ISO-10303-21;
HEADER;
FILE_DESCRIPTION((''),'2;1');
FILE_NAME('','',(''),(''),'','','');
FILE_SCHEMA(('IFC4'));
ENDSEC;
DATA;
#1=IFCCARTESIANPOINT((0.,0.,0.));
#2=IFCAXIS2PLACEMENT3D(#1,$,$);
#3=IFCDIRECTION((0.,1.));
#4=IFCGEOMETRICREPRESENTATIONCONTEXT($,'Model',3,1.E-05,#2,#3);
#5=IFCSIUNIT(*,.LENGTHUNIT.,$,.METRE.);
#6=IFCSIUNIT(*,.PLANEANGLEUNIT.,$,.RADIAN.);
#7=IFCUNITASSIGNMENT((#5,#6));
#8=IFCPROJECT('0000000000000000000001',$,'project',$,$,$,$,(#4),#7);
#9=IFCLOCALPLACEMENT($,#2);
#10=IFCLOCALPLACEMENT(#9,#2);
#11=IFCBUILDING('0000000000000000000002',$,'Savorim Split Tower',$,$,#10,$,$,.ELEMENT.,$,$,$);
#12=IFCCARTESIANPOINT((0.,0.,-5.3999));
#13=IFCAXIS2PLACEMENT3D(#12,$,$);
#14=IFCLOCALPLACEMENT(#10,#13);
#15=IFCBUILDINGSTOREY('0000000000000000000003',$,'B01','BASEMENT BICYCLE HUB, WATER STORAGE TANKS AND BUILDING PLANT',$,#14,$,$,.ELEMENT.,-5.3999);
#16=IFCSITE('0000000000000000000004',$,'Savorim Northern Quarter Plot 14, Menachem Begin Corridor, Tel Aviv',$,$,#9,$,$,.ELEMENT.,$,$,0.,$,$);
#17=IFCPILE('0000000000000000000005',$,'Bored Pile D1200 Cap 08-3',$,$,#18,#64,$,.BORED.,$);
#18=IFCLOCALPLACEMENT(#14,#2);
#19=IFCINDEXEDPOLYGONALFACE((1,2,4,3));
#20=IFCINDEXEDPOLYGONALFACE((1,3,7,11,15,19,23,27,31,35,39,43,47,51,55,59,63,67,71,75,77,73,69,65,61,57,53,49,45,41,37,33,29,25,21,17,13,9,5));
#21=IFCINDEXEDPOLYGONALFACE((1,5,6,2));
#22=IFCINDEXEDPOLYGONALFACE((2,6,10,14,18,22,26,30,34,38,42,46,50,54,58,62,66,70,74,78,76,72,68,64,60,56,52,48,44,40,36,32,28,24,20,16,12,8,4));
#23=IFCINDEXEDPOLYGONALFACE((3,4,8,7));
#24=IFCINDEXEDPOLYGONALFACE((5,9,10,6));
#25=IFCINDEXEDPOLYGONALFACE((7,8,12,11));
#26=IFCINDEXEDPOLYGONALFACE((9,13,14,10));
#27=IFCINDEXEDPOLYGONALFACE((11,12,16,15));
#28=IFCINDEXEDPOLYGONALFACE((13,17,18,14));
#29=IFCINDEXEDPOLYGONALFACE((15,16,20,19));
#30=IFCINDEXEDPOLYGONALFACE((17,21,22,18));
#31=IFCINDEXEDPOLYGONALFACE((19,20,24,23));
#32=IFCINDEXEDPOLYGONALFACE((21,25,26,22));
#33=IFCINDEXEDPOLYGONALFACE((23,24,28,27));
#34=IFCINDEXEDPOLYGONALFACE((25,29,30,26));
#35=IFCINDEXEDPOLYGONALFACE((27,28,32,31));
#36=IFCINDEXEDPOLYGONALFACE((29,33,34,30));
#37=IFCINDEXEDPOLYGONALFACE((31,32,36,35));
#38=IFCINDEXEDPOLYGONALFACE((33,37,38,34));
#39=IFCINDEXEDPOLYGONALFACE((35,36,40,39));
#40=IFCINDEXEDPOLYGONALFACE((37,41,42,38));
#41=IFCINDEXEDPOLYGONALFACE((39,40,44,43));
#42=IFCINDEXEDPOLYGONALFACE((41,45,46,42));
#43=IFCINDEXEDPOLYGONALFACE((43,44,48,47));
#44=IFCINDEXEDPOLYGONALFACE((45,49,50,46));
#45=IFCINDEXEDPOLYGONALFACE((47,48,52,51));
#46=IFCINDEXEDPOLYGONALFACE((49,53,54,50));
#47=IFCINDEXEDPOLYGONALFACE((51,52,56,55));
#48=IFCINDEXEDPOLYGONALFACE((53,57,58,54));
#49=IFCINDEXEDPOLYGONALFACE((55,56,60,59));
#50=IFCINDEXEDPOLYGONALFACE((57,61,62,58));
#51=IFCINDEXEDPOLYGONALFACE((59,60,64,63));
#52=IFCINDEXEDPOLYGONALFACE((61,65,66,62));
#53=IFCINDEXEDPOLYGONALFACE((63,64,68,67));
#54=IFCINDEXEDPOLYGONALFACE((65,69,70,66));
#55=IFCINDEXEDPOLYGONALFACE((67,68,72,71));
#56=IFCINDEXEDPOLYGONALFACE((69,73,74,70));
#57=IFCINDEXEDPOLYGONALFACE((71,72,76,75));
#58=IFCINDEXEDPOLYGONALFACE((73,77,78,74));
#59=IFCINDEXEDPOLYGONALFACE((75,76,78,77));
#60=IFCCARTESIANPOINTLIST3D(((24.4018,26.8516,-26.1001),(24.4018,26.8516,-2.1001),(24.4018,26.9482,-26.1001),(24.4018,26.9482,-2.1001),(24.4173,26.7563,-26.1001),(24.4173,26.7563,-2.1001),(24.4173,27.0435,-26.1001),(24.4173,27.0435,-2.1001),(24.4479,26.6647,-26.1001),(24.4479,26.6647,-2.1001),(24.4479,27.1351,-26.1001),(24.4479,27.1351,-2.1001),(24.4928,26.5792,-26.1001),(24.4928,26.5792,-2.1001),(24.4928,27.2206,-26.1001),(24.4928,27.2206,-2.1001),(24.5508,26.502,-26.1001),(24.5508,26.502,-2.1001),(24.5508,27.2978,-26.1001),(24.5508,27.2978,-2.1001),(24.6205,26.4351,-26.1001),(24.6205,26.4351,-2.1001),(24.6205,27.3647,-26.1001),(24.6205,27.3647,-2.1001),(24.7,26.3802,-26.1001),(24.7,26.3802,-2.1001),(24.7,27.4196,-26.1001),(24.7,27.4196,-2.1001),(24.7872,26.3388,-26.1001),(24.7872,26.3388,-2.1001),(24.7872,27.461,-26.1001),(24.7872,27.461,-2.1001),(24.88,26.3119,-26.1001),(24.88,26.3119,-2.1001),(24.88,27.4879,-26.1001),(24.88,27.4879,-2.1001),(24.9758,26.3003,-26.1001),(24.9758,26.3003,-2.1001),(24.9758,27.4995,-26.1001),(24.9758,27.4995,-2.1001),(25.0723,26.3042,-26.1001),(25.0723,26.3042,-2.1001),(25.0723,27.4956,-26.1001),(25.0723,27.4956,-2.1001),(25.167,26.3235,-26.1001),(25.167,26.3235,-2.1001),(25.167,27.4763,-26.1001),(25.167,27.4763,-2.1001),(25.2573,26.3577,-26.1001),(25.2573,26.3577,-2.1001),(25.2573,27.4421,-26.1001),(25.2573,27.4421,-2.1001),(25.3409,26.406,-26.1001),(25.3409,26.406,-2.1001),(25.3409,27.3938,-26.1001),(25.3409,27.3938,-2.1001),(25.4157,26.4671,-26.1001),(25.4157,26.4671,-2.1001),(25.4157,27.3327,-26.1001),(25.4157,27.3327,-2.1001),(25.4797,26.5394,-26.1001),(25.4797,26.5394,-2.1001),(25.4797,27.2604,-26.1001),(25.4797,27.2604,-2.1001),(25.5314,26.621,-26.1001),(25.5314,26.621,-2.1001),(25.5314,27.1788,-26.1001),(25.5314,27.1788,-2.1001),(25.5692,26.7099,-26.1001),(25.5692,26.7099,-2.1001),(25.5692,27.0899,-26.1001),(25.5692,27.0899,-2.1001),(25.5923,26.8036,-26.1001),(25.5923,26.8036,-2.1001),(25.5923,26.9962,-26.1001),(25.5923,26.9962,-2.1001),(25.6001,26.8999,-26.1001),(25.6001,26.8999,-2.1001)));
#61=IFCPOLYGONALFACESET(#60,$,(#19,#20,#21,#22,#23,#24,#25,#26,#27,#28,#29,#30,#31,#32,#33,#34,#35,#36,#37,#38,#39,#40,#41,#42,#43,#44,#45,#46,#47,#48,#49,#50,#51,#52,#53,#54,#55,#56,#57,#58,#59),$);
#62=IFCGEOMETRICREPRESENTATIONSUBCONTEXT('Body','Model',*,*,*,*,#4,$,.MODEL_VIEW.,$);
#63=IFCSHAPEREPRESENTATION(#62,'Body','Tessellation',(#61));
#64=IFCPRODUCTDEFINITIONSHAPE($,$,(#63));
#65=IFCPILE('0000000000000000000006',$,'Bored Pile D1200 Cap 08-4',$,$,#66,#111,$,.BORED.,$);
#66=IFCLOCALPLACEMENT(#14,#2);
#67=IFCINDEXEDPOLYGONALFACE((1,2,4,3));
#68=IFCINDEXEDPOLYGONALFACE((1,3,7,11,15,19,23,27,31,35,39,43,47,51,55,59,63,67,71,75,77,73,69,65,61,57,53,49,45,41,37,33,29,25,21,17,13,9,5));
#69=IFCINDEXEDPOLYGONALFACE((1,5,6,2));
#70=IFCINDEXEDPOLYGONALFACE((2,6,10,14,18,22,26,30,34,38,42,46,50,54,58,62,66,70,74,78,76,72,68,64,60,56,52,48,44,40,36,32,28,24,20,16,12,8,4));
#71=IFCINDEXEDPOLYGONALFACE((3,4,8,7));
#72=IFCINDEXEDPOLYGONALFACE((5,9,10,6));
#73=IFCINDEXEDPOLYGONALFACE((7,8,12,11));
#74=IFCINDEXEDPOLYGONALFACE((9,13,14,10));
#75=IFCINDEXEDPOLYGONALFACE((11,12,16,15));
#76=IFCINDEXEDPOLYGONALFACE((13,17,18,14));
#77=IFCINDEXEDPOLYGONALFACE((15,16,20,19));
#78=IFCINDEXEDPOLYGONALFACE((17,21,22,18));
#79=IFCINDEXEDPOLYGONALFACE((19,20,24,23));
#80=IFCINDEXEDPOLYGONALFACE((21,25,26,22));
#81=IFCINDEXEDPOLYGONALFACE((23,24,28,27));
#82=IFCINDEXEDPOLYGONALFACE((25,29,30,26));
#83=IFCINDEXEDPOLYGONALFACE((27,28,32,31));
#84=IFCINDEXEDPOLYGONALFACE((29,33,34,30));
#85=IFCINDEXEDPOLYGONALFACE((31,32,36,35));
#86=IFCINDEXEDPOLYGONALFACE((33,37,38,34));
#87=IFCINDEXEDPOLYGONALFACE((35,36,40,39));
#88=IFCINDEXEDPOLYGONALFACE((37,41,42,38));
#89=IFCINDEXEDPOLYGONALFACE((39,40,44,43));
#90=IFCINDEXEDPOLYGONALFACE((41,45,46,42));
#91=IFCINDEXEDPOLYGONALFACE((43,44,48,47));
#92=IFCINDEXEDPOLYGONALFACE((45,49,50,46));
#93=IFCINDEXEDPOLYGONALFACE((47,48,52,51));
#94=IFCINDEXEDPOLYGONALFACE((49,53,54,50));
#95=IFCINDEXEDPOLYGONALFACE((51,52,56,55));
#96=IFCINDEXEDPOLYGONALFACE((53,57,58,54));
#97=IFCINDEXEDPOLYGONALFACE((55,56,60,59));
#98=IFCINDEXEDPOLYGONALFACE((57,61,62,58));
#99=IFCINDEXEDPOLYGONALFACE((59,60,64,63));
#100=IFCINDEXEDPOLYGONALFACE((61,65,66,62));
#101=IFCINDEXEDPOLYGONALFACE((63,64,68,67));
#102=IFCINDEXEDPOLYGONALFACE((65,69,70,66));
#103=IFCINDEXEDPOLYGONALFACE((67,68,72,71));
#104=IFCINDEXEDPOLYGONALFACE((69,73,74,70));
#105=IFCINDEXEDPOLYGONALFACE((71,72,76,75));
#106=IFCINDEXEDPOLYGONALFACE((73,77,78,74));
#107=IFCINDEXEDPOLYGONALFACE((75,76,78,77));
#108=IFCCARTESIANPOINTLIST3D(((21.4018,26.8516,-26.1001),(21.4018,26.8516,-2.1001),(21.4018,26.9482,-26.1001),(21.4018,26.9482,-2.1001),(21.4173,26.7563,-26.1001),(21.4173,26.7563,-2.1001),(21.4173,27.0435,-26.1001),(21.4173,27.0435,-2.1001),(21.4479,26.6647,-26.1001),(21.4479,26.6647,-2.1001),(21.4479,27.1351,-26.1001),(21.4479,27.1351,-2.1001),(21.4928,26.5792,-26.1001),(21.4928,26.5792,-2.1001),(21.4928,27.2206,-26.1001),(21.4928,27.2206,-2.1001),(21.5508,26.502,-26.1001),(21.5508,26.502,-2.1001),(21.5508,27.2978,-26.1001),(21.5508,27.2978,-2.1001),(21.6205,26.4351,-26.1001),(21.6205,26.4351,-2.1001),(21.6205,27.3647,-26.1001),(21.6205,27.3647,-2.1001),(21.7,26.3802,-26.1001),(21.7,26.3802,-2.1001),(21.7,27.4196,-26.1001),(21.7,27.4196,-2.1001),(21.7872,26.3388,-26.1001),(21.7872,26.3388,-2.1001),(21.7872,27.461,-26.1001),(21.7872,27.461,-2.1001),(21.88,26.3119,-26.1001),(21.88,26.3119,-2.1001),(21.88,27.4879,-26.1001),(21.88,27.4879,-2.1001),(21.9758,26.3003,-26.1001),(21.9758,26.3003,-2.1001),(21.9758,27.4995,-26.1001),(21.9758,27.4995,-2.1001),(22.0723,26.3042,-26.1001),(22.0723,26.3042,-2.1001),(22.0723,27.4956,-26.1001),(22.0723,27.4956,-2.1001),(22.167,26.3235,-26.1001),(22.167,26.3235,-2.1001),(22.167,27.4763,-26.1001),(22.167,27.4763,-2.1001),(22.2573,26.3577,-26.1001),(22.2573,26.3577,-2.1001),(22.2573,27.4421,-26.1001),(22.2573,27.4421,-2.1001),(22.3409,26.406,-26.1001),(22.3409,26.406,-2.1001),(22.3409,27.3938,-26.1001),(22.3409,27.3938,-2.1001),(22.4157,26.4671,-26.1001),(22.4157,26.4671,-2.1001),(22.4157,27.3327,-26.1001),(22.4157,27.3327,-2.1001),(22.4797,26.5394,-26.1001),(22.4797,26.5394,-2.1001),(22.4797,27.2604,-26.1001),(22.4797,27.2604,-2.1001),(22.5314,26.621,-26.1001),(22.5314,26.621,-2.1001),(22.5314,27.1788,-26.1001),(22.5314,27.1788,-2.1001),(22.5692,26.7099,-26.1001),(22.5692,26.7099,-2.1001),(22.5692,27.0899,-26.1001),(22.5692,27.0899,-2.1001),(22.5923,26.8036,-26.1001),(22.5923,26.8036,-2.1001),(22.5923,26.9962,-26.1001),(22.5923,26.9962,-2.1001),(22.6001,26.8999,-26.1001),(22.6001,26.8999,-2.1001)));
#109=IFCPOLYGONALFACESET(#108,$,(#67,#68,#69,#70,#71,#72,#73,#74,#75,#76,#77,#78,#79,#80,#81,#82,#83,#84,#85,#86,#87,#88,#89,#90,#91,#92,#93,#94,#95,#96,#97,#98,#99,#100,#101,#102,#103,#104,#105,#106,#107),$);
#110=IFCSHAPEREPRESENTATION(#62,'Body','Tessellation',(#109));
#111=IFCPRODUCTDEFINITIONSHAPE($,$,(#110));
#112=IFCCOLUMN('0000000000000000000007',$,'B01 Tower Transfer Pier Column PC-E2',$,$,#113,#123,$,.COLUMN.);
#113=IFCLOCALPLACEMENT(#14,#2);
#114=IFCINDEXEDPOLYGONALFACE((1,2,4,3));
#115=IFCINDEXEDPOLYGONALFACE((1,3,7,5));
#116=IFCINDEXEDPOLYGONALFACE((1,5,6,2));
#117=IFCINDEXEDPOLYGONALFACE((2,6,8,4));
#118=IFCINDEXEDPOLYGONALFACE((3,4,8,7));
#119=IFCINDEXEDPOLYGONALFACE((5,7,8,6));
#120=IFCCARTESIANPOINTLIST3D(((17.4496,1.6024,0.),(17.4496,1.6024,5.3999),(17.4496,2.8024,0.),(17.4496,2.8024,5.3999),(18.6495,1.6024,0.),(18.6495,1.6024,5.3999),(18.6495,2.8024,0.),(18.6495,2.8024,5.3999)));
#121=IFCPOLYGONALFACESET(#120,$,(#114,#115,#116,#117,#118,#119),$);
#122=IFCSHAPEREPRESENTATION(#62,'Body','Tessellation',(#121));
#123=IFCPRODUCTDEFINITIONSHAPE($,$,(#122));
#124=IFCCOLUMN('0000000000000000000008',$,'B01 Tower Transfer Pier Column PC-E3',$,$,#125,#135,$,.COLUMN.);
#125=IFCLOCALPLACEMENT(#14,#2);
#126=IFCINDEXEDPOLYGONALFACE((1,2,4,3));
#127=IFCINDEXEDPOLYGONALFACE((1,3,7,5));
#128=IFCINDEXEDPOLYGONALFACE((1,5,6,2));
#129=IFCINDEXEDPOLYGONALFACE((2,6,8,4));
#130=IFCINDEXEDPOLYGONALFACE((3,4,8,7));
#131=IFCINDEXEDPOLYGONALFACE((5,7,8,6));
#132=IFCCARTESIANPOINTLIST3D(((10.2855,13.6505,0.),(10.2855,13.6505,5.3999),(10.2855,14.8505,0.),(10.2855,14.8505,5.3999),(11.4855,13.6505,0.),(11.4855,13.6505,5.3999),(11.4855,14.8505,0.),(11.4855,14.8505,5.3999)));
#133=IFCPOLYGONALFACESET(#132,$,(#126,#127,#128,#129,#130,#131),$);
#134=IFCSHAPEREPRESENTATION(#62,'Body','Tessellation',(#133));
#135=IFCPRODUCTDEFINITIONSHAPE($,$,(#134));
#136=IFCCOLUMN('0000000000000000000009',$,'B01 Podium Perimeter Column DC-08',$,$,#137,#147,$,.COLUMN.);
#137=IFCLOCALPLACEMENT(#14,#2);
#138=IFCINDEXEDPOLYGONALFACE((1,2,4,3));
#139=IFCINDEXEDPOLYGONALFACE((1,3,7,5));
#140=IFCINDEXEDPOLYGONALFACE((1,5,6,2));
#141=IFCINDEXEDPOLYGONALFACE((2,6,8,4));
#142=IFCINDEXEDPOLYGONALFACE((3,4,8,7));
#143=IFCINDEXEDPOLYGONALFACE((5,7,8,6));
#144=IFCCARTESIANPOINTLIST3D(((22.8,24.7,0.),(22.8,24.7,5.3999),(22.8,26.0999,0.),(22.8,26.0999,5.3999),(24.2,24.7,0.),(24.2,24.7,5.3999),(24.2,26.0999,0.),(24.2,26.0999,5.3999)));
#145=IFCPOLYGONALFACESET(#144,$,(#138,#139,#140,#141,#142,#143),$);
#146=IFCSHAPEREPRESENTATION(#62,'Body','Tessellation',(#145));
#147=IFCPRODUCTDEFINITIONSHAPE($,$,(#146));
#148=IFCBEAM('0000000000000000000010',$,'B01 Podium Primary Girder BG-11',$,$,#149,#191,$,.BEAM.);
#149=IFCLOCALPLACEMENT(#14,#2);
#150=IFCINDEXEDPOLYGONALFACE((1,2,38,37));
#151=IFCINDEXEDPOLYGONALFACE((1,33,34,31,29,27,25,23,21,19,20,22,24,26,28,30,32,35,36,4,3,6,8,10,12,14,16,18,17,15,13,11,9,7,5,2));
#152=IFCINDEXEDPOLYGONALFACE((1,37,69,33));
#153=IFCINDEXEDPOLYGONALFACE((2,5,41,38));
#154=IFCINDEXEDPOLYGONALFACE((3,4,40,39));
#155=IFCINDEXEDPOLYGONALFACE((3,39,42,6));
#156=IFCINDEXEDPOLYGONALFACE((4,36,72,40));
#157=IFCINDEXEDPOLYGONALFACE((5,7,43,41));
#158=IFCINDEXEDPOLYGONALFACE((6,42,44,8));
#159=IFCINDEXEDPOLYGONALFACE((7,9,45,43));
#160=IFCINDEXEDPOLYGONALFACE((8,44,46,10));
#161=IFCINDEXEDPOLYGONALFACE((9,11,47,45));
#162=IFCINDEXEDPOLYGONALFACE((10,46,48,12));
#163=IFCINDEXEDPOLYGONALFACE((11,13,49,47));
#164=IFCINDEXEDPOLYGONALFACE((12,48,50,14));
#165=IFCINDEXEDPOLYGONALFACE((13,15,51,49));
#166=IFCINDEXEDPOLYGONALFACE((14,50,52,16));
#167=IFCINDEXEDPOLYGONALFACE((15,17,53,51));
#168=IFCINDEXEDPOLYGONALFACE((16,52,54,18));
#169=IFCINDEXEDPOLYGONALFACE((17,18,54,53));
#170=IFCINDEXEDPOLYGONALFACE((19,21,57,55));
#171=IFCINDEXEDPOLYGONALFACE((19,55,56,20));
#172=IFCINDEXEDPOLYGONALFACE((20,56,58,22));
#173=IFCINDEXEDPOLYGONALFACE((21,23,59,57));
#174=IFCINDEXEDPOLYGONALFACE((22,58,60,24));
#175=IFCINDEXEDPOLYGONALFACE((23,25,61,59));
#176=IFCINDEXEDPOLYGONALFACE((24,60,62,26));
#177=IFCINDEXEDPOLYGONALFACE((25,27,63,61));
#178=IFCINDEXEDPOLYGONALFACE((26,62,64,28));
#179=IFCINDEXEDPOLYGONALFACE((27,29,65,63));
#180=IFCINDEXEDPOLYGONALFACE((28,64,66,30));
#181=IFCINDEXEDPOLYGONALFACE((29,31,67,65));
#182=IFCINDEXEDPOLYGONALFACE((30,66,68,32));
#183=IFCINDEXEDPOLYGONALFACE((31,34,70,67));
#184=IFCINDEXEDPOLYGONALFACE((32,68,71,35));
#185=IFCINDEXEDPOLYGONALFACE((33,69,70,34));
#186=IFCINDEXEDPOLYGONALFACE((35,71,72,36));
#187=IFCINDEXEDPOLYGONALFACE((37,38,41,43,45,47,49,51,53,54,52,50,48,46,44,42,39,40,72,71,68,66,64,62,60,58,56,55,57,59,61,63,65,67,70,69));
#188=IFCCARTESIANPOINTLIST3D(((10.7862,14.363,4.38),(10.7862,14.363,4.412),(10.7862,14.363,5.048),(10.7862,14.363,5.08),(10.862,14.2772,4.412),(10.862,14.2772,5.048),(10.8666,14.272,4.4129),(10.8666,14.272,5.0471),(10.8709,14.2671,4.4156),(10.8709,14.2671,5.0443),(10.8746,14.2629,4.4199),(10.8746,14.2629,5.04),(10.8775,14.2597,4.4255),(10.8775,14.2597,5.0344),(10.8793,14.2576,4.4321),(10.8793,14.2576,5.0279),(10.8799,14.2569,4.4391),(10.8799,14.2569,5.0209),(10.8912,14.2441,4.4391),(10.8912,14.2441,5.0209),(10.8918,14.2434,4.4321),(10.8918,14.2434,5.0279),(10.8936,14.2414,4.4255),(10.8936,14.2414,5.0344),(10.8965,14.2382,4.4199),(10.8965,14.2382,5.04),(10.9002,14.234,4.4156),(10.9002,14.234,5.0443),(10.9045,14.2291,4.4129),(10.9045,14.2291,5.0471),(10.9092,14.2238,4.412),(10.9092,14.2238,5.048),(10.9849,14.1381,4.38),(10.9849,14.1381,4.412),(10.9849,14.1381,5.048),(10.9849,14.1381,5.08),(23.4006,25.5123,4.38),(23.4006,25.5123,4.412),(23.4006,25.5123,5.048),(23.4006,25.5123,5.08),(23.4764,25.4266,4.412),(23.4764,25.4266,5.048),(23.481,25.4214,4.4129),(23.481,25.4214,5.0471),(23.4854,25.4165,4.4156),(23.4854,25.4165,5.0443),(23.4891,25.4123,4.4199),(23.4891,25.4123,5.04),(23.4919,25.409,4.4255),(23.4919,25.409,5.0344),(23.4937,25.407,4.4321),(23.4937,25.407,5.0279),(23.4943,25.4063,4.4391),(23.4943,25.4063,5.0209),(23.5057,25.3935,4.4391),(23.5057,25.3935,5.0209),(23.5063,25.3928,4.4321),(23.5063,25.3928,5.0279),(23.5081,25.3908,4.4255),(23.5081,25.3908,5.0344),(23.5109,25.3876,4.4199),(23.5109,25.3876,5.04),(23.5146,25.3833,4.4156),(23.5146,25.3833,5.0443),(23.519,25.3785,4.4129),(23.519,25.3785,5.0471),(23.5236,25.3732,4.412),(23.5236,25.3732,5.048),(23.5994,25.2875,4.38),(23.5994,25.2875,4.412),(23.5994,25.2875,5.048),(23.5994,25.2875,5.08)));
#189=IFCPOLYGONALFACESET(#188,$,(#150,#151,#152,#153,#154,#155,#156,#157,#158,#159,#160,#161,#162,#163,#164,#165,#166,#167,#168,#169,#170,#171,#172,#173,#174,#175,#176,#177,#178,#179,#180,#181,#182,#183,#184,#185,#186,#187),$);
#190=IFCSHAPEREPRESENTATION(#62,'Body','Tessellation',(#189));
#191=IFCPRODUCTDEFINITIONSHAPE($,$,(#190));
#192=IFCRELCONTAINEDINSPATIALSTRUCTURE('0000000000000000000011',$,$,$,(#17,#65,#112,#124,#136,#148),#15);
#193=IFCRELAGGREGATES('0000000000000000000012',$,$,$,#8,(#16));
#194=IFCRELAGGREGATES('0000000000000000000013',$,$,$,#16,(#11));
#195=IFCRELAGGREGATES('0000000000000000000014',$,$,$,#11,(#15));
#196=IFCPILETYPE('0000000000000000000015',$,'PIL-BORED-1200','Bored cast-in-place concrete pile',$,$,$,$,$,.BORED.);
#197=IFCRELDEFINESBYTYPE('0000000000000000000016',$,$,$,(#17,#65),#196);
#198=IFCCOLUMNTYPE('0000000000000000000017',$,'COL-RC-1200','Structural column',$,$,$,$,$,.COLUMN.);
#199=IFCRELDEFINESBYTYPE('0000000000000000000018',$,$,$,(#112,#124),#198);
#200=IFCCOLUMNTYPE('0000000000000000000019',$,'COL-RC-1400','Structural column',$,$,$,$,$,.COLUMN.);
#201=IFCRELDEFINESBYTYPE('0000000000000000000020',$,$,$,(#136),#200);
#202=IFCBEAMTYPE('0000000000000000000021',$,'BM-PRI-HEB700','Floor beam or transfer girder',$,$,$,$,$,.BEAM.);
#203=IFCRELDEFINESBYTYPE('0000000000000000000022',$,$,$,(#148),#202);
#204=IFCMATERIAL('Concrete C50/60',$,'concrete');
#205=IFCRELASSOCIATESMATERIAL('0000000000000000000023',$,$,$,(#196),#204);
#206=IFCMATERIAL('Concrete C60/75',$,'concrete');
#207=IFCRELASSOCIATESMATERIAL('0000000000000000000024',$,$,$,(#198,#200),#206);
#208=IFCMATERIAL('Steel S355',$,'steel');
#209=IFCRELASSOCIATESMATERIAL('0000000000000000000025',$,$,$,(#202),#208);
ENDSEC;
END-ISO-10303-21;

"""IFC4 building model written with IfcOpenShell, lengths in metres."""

from ifc_helpers import new_model, si_unit, direction, frame, origin, origin_2d, place, context, subcontext, project, spatial, rectangle, circle, i_section, extrude, material, material_profile, profile_set, type_object, element, save


model = new_model("IFC4")

# Units and contexts
model_context = context("Model", 3, precision=1e-05, world=origin(), true_north=direction((0.0, 1.0)))
body_context = subcontext(model_context, "Body", "Model", "MODEL_VIEW")
ifc_project = project(units=[si_unit("LENGTHUNIT", "METRE"), si_unit("PLANEANGLEUNIT", "RADIAN")], contexts=[model_context])

# Site, building, storey
site_placement = place(None, origin())
site = spatial("IfcSite", under=ifc_project, at=site_placement, Name="Savorim Northern Quarter Plot 14, Menachem Begin Corridor, Tel Aviv", CompositionType="ELEMENT", RefElevation=0.0)
building_placement = place(site_placement, origin())
building = spatial("IfcBuilding", under=site, at=building_placement, Name="Savorim Split Tower", CompositionType="ELEMENT")
storey_placement = place(building_placement, frame((0.0, 0.0, -5.3999)))
storey = spatial("IfcBuildingStorey", under=building, at=storey_placement, Name="B01", Description="BASEMENT BICYCLE HUB, WATER STORAGE TANKS AND BUILDING PLANT", CompositionType="ELEMENT", Elevation=-5.3999)

# Shared definitions
ifc_material_1 = material(Name="Concrete C50/60", Category="concrete")

# Piles
ifc_material_profile_1 = material_profile(ifc_material_1, circle(Radius=0.6001, at=origin_2d()), Name="PILE D1200")
ifc_profile_set_1 = profile_set([ifc_material_profile_1], Name="Concrete C50/60")
pile_type = type_object("IfcPileType", Name="PIL-BORED-1200", Description="Bored cast-in-place concrete pile", PredefinedType="BORED", material=ifc_profile_set_1)
for number, where, z_axis, x_axis, name in (
    (1, (25.0, 26.8999, -2.1001), (0.0, 0.0, -1.0), (1.0, 0.0, 0.0), "Bored Pile D1200 Cap 08-3"),
    (2, (22.0, 26.8999, -2.1001), (0.0, 0.0, -1.0), (1.0, 0.0, 0.0), "Bored Pile D1200 Cap 08-4"),
):
    element("IfcPile", number, at=place(storey_placement, frame(where, z_axis=z_axis, x_axis=x_axis)), inside=storey, type_object=pile_type, Name=name, PredefinedType="BORED", context=body_context, shape_type="SweptSolid", body=[
        extrude(circle(Radius=0.6001, at=origin_2d()), origin(), (0.0, 0.0, 1.0), 24.0),
    ])

# Columns
ifc_material_2 = material(Name="Concrete C60/75", Category="concrete")
ifc_material_profile_2 = material_profile(ifc_material_2, rectangle(XDim=1.2, YDim=1.2, at=origin_2d()), Name="RC 1200x1200")
ifc_profile_set_2 = profile_set([ifc_material_profile_2], Name="Concrete C60/75")
column_type_1 = type_object("IfcColumnType", Name="COL-RC-1200", Description="Structural column", PredefinedType="COLUMN", material=ifc_profile_set_2)
for number, where, z_axis, x_axis, name in (
    (3, (18.0496, 2.2024, 0.0), (0.0, 0.0, 1.0), (1.0, 0.0, 0.0), "B01 Tower Transfer Pier Column PC-E2"),
    (4, (10.8855, 14.2505, 0.0), (0.0, 0.0, 1.0), (1.0, 0.0, 0.0), "B01 Tower Transfer Pier Column PC-E3"),
):
    element("IfcColumn", number, at=place(storey_placement, frame(where, z_axis=z_axis, x_axis=x_axis)), inside=storey, type_object=column_type_1, Name=name, PredefinedType="COLUMN", context=body_context, shape_type="SweptSolid", body=[
        extrude(rectangle(XDim=1.2, YDim=1.2, at=origin_2d()), origin(), (0.0, 0.0, 1.0), 5.3999),
    ])
ifc_material_profile_3 = material_profile(ifc_material_2, rectangle(XDim=1.3999, YDim=1.3999, at=origin_2d()), Name="RC 1400x1400")
ifc_profile_set_3 = profile_set([ifc_material_profile_3], Name="Concrete C60/75")
column_type_2 = type_object("IfcColumnType", Name="COL-RC-1400", Description="Structural column", PredefinedType="COLUMN", material=ifc_profile_set_3)
column_placement = place(storey_placement, frame((23.5, 25.3999, 0.0), z_axis=(0.0, 0.0, 1.0), x_axis=(1.0, 0.0, 0.0)))
element("IfcColumn", 5, at=column_placement, inside=storey, type_object=column_type_2, Name="B01 Podium Perimeter Column DC-08", PredefinedType="COLUMN", context=body_context, shape_type="SweptSolid", body=[
    extrude(rectangle(XDim=1.3999, YDim=1.3999, at=origin_2d()), origin(), (0.0, 0.0, 1.0), 5.3999),
])

# Beam
ifc_material_3 = material(Name="Steel S355", Category="steel")
ifc_material_profile_4 = material_profile(ifc_material_3, i_section(OverallWidth=0.3, OverallDepth=0.7, WebThickness=0.0171, FlangeThickness=0.032, FilletRadius=0.0271, at=origin_2d()), Name="HEB 700")
ifc_profile_set_4 = profile_set([ifc_material_profile_4], Name="Steel S355")
beam_type_1 = type_object("IfcBeamType", Name="BM-PRI-HEB700", Description="Floor beam or transfer girder", PredefinedType="BEAM", material=ifc_profile_set_4)
beam_1_placement = place(storey_placement, frame((23.5, 25.3999, 4.73), z_axis=(-0.749279, -0.662255, 0.0), x_axis=(0.662255, -0.749279, 0.0)))
element("IfcBeam", 6, at=beam_1_placement, inside=storey, type_object=beam_type_1, Name="B01 Podium Primary Girder BG-11", PredefinedType="BEAM", context=body_context, shape_type="SweptSolid", body=[
    extrude(i_section(OverallWidth=0.3, OverallDepth=0.7, WebThickness=0.0171, FlangeThickness=0.032, FilletRadius=0.0271, at=origin_2d()), origin(), (0.0, 0.0, 1.0), 16.8354),
])

save(model, "model.ifc")
